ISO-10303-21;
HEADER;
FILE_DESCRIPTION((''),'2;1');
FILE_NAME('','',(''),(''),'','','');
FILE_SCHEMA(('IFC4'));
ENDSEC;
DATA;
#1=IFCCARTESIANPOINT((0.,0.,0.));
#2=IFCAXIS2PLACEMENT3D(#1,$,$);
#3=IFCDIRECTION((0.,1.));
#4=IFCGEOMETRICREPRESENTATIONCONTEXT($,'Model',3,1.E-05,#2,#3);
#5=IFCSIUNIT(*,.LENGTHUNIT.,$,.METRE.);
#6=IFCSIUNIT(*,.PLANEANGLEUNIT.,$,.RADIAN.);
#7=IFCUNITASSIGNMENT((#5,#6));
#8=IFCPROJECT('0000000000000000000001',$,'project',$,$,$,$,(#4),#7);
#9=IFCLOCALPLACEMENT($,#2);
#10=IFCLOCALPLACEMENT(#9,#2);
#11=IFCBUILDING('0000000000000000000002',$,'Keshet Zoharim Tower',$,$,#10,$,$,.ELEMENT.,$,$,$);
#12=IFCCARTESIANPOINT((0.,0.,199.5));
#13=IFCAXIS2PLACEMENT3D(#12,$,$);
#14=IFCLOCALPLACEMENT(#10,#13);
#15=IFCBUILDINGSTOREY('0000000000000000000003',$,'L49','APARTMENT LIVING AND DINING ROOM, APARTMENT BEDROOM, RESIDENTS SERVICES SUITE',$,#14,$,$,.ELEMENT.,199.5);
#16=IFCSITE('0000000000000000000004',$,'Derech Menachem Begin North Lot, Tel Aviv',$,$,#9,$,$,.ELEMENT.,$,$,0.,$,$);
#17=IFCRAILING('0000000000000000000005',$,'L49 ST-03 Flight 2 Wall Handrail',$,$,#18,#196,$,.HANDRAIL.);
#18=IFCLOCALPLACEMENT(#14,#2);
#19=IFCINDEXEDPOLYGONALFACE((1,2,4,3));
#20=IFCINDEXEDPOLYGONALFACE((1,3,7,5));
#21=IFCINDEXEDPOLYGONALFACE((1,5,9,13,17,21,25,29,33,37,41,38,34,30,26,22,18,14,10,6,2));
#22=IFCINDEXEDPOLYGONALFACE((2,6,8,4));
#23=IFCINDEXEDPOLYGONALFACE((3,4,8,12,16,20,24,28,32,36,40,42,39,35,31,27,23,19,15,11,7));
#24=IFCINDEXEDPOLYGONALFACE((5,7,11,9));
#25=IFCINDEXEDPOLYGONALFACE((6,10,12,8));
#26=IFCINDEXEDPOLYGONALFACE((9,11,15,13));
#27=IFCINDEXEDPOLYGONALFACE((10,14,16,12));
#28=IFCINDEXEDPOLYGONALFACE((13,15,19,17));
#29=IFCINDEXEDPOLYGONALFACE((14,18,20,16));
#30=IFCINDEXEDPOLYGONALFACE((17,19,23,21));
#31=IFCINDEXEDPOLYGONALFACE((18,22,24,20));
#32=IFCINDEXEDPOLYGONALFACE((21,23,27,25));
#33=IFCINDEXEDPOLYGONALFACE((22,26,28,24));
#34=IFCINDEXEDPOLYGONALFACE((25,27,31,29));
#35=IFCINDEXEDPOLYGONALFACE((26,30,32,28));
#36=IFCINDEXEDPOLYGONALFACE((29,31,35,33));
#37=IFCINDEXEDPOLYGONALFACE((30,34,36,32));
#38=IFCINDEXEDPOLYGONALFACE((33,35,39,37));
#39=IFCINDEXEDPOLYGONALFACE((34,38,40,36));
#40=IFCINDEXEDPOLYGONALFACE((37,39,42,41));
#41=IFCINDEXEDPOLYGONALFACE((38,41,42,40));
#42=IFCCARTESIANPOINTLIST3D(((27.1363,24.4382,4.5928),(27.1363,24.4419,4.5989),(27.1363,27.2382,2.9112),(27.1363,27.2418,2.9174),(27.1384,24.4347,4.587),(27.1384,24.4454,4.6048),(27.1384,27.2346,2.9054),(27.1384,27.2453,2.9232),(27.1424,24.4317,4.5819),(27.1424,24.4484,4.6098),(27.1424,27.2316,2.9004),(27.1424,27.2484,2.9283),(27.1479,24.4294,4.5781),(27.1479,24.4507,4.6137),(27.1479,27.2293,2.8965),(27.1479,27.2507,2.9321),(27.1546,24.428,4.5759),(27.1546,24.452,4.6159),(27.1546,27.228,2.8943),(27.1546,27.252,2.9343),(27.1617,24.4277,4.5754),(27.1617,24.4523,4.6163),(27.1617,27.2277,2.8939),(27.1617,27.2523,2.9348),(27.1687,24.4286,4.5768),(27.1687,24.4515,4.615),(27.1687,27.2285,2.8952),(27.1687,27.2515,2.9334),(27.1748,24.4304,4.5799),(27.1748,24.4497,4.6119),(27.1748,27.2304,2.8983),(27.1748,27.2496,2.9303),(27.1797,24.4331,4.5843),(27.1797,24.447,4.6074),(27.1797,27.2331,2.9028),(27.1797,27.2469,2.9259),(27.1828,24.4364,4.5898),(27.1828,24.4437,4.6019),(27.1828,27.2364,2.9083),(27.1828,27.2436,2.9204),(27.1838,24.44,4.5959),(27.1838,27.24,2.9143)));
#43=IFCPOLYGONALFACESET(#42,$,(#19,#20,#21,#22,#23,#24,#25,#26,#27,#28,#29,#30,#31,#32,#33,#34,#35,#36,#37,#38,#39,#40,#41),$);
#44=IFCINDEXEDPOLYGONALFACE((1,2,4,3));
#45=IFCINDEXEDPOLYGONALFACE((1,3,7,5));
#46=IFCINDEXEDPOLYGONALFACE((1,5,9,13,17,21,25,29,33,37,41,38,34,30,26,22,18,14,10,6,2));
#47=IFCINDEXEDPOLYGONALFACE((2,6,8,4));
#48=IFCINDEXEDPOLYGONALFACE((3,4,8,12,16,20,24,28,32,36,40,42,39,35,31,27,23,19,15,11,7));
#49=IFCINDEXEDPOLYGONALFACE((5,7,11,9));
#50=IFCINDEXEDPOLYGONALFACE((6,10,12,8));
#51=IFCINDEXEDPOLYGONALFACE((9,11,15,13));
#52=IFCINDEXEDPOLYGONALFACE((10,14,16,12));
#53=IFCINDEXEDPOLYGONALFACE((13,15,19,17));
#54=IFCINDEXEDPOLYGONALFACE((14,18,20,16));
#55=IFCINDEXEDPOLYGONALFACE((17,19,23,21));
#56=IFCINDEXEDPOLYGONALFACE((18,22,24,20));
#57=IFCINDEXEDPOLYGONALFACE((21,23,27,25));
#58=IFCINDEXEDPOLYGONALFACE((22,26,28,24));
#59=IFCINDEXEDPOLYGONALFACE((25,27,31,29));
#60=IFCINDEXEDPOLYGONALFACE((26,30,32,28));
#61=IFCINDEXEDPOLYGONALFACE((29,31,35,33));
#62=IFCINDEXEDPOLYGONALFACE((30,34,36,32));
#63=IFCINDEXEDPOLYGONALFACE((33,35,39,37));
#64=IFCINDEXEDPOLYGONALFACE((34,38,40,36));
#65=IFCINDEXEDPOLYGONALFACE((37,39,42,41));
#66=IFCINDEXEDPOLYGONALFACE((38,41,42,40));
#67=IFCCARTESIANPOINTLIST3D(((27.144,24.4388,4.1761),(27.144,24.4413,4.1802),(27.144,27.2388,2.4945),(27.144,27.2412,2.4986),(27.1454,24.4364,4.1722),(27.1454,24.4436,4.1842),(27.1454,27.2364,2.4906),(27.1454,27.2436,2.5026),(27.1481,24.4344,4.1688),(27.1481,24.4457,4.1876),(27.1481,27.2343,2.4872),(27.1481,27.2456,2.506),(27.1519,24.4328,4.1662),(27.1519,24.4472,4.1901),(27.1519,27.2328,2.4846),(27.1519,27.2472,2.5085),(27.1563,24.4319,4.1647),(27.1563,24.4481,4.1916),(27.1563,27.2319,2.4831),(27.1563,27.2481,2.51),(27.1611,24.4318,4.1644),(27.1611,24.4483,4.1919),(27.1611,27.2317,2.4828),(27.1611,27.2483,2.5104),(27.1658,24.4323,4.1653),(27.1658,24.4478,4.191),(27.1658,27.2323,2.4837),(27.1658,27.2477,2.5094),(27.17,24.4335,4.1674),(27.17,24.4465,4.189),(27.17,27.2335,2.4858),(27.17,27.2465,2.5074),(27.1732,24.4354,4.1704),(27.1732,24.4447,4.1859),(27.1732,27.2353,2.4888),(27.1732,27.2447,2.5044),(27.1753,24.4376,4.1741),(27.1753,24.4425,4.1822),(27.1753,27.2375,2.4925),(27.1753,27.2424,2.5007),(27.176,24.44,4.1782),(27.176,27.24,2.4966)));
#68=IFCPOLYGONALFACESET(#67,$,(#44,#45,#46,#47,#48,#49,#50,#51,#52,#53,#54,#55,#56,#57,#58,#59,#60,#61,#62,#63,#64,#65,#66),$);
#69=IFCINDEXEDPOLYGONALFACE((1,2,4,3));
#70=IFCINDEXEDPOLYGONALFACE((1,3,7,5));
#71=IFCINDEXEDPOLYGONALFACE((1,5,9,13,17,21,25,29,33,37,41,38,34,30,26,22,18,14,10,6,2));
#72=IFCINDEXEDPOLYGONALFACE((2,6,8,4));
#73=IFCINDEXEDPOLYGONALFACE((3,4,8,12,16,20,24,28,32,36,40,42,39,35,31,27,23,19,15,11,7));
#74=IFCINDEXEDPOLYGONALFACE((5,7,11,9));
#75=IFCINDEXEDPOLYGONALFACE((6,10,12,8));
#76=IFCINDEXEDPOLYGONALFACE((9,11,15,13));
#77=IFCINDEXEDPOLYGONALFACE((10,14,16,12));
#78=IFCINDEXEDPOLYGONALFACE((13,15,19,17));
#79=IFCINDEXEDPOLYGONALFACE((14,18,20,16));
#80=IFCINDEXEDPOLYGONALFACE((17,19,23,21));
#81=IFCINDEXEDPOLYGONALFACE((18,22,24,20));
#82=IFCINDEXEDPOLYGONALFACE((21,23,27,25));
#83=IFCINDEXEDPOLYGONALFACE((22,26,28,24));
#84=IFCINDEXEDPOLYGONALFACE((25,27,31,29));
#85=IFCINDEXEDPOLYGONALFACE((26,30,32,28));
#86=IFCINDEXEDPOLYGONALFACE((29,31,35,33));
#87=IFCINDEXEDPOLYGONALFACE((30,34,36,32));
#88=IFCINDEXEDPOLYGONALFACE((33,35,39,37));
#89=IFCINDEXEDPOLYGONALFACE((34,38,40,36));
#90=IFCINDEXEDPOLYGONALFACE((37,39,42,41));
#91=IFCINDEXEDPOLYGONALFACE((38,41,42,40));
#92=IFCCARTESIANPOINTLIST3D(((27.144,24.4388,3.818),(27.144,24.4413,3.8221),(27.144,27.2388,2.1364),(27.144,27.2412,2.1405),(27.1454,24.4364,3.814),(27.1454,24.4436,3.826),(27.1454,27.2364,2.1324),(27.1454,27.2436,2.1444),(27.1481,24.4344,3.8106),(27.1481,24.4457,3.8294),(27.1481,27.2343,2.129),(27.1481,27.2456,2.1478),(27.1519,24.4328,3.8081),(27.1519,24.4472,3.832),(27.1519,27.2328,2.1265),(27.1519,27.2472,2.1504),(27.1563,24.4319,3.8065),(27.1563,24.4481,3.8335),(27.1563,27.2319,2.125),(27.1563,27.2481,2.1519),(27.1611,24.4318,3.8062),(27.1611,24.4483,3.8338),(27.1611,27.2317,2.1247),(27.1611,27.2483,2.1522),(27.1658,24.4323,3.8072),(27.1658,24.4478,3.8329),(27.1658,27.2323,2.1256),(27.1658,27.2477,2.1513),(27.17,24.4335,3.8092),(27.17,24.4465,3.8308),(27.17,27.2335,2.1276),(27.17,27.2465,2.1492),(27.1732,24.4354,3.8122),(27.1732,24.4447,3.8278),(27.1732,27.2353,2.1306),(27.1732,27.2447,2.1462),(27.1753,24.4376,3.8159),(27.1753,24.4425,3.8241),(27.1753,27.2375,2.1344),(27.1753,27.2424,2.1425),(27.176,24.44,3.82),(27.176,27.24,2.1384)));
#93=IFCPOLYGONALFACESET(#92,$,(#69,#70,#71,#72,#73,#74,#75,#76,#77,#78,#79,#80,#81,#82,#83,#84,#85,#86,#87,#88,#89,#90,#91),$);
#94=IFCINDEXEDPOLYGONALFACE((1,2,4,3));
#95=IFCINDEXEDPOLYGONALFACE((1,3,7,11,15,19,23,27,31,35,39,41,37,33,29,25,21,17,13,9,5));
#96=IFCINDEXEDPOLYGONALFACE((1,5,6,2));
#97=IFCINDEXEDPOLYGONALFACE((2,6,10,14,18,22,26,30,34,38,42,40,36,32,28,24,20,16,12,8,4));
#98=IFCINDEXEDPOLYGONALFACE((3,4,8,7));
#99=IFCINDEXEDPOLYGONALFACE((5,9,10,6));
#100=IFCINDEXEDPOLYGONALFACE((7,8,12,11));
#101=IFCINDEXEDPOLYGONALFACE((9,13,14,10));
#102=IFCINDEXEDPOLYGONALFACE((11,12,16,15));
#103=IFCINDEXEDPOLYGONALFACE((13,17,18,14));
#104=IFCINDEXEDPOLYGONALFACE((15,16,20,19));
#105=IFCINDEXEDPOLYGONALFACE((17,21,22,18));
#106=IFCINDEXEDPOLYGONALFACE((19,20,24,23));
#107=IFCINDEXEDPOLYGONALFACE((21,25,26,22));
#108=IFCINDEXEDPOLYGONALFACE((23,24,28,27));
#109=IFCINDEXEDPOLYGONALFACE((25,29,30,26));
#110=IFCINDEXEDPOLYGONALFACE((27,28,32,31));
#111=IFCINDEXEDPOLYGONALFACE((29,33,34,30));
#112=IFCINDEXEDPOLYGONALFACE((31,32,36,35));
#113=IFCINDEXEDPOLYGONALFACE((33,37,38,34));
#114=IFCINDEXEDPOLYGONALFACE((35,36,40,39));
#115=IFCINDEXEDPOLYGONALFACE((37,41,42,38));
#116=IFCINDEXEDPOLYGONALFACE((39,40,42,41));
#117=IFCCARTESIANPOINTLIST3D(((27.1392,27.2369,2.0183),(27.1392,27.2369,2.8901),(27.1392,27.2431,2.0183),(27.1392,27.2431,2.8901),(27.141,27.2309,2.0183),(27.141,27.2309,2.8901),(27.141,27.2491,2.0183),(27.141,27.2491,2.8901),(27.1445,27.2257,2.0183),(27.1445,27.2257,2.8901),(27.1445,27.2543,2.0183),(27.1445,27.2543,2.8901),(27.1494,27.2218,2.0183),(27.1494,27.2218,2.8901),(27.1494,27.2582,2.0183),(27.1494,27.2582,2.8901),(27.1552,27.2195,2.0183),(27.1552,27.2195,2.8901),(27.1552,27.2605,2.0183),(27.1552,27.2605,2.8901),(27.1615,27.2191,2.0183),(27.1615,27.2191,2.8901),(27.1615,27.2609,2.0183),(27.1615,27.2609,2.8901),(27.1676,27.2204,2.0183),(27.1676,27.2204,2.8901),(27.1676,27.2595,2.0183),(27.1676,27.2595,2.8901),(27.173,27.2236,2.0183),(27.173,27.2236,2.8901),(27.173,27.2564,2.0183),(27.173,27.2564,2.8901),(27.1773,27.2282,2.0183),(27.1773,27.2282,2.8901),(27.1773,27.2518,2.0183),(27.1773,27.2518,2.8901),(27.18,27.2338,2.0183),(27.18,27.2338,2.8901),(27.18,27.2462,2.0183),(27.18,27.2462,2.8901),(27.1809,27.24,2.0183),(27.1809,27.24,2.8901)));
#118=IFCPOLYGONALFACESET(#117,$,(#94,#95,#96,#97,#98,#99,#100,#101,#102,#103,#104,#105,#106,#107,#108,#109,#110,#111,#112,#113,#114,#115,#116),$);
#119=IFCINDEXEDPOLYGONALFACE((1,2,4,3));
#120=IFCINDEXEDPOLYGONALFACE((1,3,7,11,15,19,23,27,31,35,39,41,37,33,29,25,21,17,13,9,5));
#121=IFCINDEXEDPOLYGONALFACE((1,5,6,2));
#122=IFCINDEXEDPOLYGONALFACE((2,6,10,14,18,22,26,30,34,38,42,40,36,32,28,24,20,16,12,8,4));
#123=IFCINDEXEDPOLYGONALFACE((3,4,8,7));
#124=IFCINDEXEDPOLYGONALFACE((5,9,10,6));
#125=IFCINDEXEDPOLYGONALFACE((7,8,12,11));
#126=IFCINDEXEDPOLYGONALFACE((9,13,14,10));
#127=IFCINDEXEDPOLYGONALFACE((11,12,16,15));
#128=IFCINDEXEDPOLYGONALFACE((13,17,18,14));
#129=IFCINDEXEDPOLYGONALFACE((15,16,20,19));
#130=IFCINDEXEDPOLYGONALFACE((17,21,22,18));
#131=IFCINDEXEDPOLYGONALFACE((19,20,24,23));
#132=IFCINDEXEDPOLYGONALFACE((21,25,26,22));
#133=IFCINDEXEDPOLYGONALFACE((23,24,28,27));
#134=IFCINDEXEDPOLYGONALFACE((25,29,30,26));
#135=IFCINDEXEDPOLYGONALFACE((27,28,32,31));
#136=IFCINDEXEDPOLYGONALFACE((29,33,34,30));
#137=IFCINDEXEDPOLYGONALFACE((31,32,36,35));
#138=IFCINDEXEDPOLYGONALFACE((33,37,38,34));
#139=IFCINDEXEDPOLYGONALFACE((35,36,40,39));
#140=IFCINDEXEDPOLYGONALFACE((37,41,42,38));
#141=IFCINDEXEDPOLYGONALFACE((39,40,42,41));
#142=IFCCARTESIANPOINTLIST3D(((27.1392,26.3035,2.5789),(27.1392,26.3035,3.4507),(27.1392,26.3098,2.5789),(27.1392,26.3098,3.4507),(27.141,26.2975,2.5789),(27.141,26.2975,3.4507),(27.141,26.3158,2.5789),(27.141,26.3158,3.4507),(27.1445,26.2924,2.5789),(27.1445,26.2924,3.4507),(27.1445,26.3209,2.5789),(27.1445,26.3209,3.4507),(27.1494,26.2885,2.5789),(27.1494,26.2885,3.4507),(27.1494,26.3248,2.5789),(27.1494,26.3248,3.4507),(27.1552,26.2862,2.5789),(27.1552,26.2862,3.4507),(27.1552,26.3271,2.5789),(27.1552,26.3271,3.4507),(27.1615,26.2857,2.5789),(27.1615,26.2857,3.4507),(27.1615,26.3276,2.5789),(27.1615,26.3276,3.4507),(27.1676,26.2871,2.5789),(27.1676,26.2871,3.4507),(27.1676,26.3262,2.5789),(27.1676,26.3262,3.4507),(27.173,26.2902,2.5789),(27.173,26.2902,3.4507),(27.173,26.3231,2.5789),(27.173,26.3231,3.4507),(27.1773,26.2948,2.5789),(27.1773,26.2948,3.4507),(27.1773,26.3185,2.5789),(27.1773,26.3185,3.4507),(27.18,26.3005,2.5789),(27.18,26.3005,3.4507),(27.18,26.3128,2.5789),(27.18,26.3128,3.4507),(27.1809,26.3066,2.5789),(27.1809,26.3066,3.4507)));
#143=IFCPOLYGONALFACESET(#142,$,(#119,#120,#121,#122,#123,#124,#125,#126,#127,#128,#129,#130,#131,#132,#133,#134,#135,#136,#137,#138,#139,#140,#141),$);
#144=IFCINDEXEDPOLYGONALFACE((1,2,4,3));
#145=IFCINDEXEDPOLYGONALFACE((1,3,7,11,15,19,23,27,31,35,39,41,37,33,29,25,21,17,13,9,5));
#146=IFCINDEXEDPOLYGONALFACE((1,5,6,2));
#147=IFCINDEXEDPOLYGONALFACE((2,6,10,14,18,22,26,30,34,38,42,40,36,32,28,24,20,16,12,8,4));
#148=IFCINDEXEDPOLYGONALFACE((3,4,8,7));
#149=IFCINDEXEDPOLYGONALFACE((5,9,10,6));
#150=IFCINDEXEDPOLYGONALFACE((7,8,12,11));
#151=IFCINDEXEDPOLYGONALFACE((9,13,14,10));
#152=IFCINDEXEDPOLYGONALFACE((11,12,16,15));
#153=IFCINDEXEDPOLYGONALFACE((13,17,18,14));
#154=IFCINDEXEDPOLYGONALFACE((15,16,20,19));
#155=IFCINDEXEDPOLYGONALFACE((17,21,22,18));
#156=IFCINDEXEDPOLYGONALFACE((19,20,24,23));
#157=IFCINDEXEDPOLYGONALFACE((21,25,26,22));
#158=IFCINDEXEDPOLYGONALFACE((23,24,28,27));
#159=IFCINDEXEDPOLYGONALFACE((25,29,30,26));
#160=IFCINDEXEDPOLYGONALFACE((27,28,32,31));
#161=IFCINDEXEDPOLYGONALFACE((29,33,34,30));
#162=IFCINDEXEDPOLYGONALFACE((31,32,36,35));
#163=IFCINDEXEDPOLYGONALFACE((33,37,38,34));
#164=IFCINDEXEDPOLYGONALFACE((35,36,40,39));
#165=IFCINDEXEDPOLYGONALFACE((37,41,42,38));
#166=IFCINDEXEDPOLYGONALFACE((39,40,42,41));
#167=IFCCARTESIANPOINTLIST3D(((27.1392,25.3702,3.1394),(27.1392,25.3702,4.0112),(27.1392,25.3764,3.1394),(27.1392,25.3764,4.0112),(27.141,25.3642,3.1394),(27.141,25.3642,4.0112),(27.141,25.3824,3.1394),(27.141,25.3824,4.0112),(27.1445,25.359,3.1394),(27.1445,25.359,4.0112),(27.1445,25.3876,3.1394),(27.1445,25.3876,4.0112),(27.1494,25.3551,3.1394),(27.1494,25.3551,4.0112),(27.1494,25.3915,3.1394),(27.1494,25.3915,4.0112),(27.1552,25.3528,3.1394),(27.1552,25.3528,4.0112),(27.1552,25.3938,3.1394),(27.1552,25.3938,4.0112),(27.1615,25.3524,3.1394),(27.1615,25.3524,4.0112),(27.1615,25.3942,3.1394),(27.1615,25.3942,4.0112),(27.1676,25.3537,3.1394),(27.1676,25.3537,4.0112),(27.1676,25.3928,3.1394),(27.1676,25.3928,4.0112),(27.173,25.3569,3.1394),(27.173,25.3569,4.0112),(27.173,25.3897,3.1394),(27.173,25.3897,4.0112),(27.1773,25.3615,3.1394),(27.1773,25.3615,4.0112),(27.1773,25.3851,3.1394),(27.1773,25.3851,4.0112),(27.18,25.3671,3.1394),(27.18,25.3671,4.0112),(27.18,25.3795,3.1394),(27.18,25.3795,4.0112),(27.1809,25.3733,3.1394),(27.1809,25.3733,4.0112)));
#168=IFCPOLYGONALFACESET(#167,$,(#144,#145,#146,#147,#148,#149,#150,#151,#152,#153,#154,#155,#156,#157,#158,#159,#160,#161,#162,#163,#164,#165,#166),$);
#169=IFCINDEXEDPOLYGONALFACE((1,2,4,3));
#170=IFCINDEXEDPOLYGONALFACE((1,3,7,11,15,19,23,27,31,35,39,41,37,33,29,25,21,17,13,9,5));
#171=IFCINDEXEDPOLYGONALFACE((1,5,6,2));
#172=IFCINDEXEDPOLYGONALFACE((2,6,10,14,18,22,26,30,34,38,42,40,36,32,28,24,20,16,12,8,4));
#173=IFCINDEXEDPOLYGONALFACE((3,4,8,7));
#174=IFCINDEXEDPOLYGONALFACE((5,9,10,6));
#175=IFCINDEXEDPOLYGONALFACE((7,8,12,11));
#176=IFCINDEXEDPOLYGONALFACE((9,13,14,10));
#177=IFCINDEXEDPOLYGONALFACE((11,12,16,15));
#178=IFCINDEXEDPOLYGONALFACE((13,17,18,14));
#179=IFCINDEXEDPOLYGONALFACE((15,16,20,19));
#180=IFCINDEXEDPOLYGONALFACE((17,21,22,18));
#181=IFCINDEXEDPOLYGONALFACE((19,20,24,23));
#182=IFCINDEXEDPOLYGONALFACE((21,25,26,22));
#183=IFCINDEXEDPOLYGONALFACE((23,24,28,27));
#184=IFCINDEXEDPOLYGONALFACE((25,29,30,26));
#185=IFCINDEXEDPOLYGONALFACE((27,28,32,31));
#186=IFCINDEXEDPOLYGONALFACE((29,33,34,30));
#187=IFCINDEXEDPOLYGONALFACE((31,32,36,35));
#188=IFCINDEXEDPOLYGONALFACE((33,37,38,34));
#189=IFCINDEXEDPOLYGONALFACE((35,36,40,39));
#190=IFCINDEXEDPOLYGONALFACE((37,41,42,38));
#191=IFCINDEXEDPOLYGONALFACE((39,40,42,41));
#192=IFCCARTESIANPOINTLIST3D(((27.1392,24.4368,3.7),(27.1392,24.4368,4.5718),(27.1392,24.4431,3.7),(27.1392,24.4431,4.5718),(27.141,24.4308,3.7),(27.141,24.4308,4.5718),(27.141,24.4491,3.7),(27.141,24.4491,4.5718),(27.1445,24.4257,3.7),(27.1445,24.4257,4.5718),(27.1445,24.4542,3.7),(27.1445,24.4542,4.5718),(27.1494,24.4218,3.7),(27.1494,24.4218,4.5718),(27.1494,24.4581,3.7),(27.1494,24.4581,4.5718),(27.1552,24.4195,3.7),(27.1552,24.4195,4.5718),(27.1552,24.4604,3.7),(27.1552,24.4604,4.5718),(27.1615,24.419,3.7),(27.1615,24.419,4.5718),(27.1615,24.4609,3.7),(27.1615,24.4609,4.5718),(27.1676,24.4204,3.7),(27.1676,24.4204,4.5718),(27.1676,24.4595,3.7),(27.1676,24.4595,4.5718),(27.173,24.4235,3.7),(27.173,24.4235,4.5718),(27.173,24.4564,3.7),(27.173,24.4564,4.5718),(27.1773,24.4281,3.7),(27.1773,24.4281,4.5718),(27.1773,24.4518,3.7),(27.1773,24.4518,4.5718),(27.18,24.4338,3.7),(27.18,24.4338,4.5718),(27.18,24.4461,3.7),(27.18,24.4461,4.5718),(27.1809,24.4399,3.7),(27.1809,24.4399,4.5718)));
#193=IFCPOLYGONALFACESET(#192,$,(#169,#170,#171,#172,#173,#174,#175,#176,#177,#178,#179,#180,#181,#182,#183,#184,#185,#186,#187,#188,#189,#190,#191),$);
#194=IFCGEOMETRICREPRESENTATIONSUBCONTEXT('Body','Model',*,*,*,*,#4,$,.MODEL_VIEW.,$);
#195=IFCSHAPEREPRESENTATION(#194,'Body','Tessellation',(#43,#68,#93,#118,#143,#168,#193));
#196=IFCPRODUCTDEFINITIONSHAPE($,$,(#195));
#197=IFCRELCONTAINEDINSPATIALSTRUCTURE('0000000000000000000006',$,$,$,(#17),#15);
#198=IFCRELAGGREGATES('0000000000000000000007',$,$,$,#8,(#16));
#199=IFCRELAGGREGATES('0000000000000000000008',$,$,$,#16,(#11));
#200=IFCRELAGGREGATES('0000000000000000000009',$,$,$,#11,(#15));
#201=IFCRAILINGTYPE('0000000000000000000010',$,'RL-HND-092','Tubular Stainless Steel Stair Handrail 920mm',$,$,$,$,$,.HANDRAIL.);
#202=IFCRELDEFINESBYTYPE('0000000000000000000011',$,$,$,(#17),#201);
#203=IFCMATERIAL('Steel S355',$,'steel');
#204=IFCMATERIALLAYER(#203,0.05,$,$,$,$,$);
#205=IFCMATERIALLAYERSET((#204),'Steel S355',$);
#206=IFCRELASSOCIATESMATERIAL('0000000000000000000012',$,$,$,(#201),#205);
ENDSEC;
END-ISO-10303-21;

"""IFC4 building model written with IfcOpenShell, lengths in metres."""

from ifc_helpers import new_model, si_unit, direction, frame, origin, origin_2d, place, context, subcontext, project, spatial, circle, extrude, material, layer, layer_set, type_object, element, save


model = new_model("IFC4")

# Units and contexts
model_context = context("Model", 3, precision=1e-05, world=origin(), true_north=direction((0.0, 1.0)))
body_context = subcontext(model_context, "Body", "Model", "MODEL_VIEW")
ifc_project = project(units=[si_unit("LENGTHUNIT", "METRE"), si_unit("PLANEANGLEUNIT", "RADIAN")], contexts=[model_context])

# Site, building, storey
site_placement = place(None, origin())
site = spatial("IfcSite", under=ifc_project, at=site_placement, Name="Derech Menachem Begin North Lot, Tel Aviv", CompositionType="ELEMENT", RefElevation=0.0)
building_placement = place(site_placement, origin())
building = spatial("IfcBuilding", under=site, at=building_placement, Name="Keshet Zoharim Tower", CompositionType="ELEMENT")
storey_placement = place(building_placement, frame((0.0, 0.0, 199.5)))
storey = spatial("IfcBuildingStorey", under=building, at=storey_placement, Name="L49", Description="APARTMENT LIVING AND DINING ROOM, APARTMENT BEDROOM, RESIDENTS SERVICES SUITE", CompositionType="ELEMENT", Elevation=199.5)

# Shared definitions
ifc_material_1 = material(Name="Steel S355", Category="steel")

# Railing
ifc_layer_1 = layer(ifc_material_1, 0.05)
ifc_layer_set_1 = layer_set([ifc_layer_1], Name="Steel S355")
railing_type = type_object("IfcRailingType", Name="RL-HND-092", Description="Tubular Stainless Steel Stair Handrail 920mm", PredefinedType="HANDRAIL", material=ifc_layer_set_1)
railing_placement = place(storey_placement, frame((27.1599, 27.24, 2.0183)))
element("IfcRailing", 1, at=railing_placement, inside=storey, type_object=railing_type, Name="L49 ST-03 Flight 2 Wall Handrail", PredefinedType="HANDRAIL", context=body_context, shape_type="SweptSolid", body=[
    extrude(circle(Radius=0.0239, at=origin_2d()), frame((0.0, 0.0, 0.896), z_axis=(0.0, -0.857275, 0.514858), x_axis=(1.0, 0.0, 0.0)), (0.0, 0.0, 1.0), 3.2661),
    extrude(circle(Radius=0.0161, at=origin_2d()), frame((0.0, 0.0, 0.4783), z_axis=(0.0, -0.857275, 0.514858), x_axis=(1.0, 0.0, 0.0)), (0.0, 0.0, 1.0), 3.2661),
    extrude(circle(Radius=0.0161, at=origin_2d()), frame((0.0, 0.0, 0.1201), z_axis=(0.0, -0.857275, 0.514858), x_axis=(1.0, 0.0, 0.0)), (0.0, 0.0, 1.0), 3.2661),
    extrude(circle(Radius=0.021, at=origin_2d()), origin(), (0.0, 0.0, 1.0), 0.8718),
    extrude(circle(Radius=0.021, at=origin_2d()), frame((0.0, -0.9333, 0.5605)), (0.0, 0.0, 1.0), 0.8718),
    extrude(circle(Radius=0.021, at=origin_2d()), frame((0.0, -1.8667, 1.1211)), (0.0, 0.0, 1.0), 0.8718),
    extrude(circle(Radius=0.021, at=origin_2d()), frame((0.0, -2.8, 1.6816)), (0.0, 0.0, 1.0), 0.8718),
])

save(model, "model.ifc")
